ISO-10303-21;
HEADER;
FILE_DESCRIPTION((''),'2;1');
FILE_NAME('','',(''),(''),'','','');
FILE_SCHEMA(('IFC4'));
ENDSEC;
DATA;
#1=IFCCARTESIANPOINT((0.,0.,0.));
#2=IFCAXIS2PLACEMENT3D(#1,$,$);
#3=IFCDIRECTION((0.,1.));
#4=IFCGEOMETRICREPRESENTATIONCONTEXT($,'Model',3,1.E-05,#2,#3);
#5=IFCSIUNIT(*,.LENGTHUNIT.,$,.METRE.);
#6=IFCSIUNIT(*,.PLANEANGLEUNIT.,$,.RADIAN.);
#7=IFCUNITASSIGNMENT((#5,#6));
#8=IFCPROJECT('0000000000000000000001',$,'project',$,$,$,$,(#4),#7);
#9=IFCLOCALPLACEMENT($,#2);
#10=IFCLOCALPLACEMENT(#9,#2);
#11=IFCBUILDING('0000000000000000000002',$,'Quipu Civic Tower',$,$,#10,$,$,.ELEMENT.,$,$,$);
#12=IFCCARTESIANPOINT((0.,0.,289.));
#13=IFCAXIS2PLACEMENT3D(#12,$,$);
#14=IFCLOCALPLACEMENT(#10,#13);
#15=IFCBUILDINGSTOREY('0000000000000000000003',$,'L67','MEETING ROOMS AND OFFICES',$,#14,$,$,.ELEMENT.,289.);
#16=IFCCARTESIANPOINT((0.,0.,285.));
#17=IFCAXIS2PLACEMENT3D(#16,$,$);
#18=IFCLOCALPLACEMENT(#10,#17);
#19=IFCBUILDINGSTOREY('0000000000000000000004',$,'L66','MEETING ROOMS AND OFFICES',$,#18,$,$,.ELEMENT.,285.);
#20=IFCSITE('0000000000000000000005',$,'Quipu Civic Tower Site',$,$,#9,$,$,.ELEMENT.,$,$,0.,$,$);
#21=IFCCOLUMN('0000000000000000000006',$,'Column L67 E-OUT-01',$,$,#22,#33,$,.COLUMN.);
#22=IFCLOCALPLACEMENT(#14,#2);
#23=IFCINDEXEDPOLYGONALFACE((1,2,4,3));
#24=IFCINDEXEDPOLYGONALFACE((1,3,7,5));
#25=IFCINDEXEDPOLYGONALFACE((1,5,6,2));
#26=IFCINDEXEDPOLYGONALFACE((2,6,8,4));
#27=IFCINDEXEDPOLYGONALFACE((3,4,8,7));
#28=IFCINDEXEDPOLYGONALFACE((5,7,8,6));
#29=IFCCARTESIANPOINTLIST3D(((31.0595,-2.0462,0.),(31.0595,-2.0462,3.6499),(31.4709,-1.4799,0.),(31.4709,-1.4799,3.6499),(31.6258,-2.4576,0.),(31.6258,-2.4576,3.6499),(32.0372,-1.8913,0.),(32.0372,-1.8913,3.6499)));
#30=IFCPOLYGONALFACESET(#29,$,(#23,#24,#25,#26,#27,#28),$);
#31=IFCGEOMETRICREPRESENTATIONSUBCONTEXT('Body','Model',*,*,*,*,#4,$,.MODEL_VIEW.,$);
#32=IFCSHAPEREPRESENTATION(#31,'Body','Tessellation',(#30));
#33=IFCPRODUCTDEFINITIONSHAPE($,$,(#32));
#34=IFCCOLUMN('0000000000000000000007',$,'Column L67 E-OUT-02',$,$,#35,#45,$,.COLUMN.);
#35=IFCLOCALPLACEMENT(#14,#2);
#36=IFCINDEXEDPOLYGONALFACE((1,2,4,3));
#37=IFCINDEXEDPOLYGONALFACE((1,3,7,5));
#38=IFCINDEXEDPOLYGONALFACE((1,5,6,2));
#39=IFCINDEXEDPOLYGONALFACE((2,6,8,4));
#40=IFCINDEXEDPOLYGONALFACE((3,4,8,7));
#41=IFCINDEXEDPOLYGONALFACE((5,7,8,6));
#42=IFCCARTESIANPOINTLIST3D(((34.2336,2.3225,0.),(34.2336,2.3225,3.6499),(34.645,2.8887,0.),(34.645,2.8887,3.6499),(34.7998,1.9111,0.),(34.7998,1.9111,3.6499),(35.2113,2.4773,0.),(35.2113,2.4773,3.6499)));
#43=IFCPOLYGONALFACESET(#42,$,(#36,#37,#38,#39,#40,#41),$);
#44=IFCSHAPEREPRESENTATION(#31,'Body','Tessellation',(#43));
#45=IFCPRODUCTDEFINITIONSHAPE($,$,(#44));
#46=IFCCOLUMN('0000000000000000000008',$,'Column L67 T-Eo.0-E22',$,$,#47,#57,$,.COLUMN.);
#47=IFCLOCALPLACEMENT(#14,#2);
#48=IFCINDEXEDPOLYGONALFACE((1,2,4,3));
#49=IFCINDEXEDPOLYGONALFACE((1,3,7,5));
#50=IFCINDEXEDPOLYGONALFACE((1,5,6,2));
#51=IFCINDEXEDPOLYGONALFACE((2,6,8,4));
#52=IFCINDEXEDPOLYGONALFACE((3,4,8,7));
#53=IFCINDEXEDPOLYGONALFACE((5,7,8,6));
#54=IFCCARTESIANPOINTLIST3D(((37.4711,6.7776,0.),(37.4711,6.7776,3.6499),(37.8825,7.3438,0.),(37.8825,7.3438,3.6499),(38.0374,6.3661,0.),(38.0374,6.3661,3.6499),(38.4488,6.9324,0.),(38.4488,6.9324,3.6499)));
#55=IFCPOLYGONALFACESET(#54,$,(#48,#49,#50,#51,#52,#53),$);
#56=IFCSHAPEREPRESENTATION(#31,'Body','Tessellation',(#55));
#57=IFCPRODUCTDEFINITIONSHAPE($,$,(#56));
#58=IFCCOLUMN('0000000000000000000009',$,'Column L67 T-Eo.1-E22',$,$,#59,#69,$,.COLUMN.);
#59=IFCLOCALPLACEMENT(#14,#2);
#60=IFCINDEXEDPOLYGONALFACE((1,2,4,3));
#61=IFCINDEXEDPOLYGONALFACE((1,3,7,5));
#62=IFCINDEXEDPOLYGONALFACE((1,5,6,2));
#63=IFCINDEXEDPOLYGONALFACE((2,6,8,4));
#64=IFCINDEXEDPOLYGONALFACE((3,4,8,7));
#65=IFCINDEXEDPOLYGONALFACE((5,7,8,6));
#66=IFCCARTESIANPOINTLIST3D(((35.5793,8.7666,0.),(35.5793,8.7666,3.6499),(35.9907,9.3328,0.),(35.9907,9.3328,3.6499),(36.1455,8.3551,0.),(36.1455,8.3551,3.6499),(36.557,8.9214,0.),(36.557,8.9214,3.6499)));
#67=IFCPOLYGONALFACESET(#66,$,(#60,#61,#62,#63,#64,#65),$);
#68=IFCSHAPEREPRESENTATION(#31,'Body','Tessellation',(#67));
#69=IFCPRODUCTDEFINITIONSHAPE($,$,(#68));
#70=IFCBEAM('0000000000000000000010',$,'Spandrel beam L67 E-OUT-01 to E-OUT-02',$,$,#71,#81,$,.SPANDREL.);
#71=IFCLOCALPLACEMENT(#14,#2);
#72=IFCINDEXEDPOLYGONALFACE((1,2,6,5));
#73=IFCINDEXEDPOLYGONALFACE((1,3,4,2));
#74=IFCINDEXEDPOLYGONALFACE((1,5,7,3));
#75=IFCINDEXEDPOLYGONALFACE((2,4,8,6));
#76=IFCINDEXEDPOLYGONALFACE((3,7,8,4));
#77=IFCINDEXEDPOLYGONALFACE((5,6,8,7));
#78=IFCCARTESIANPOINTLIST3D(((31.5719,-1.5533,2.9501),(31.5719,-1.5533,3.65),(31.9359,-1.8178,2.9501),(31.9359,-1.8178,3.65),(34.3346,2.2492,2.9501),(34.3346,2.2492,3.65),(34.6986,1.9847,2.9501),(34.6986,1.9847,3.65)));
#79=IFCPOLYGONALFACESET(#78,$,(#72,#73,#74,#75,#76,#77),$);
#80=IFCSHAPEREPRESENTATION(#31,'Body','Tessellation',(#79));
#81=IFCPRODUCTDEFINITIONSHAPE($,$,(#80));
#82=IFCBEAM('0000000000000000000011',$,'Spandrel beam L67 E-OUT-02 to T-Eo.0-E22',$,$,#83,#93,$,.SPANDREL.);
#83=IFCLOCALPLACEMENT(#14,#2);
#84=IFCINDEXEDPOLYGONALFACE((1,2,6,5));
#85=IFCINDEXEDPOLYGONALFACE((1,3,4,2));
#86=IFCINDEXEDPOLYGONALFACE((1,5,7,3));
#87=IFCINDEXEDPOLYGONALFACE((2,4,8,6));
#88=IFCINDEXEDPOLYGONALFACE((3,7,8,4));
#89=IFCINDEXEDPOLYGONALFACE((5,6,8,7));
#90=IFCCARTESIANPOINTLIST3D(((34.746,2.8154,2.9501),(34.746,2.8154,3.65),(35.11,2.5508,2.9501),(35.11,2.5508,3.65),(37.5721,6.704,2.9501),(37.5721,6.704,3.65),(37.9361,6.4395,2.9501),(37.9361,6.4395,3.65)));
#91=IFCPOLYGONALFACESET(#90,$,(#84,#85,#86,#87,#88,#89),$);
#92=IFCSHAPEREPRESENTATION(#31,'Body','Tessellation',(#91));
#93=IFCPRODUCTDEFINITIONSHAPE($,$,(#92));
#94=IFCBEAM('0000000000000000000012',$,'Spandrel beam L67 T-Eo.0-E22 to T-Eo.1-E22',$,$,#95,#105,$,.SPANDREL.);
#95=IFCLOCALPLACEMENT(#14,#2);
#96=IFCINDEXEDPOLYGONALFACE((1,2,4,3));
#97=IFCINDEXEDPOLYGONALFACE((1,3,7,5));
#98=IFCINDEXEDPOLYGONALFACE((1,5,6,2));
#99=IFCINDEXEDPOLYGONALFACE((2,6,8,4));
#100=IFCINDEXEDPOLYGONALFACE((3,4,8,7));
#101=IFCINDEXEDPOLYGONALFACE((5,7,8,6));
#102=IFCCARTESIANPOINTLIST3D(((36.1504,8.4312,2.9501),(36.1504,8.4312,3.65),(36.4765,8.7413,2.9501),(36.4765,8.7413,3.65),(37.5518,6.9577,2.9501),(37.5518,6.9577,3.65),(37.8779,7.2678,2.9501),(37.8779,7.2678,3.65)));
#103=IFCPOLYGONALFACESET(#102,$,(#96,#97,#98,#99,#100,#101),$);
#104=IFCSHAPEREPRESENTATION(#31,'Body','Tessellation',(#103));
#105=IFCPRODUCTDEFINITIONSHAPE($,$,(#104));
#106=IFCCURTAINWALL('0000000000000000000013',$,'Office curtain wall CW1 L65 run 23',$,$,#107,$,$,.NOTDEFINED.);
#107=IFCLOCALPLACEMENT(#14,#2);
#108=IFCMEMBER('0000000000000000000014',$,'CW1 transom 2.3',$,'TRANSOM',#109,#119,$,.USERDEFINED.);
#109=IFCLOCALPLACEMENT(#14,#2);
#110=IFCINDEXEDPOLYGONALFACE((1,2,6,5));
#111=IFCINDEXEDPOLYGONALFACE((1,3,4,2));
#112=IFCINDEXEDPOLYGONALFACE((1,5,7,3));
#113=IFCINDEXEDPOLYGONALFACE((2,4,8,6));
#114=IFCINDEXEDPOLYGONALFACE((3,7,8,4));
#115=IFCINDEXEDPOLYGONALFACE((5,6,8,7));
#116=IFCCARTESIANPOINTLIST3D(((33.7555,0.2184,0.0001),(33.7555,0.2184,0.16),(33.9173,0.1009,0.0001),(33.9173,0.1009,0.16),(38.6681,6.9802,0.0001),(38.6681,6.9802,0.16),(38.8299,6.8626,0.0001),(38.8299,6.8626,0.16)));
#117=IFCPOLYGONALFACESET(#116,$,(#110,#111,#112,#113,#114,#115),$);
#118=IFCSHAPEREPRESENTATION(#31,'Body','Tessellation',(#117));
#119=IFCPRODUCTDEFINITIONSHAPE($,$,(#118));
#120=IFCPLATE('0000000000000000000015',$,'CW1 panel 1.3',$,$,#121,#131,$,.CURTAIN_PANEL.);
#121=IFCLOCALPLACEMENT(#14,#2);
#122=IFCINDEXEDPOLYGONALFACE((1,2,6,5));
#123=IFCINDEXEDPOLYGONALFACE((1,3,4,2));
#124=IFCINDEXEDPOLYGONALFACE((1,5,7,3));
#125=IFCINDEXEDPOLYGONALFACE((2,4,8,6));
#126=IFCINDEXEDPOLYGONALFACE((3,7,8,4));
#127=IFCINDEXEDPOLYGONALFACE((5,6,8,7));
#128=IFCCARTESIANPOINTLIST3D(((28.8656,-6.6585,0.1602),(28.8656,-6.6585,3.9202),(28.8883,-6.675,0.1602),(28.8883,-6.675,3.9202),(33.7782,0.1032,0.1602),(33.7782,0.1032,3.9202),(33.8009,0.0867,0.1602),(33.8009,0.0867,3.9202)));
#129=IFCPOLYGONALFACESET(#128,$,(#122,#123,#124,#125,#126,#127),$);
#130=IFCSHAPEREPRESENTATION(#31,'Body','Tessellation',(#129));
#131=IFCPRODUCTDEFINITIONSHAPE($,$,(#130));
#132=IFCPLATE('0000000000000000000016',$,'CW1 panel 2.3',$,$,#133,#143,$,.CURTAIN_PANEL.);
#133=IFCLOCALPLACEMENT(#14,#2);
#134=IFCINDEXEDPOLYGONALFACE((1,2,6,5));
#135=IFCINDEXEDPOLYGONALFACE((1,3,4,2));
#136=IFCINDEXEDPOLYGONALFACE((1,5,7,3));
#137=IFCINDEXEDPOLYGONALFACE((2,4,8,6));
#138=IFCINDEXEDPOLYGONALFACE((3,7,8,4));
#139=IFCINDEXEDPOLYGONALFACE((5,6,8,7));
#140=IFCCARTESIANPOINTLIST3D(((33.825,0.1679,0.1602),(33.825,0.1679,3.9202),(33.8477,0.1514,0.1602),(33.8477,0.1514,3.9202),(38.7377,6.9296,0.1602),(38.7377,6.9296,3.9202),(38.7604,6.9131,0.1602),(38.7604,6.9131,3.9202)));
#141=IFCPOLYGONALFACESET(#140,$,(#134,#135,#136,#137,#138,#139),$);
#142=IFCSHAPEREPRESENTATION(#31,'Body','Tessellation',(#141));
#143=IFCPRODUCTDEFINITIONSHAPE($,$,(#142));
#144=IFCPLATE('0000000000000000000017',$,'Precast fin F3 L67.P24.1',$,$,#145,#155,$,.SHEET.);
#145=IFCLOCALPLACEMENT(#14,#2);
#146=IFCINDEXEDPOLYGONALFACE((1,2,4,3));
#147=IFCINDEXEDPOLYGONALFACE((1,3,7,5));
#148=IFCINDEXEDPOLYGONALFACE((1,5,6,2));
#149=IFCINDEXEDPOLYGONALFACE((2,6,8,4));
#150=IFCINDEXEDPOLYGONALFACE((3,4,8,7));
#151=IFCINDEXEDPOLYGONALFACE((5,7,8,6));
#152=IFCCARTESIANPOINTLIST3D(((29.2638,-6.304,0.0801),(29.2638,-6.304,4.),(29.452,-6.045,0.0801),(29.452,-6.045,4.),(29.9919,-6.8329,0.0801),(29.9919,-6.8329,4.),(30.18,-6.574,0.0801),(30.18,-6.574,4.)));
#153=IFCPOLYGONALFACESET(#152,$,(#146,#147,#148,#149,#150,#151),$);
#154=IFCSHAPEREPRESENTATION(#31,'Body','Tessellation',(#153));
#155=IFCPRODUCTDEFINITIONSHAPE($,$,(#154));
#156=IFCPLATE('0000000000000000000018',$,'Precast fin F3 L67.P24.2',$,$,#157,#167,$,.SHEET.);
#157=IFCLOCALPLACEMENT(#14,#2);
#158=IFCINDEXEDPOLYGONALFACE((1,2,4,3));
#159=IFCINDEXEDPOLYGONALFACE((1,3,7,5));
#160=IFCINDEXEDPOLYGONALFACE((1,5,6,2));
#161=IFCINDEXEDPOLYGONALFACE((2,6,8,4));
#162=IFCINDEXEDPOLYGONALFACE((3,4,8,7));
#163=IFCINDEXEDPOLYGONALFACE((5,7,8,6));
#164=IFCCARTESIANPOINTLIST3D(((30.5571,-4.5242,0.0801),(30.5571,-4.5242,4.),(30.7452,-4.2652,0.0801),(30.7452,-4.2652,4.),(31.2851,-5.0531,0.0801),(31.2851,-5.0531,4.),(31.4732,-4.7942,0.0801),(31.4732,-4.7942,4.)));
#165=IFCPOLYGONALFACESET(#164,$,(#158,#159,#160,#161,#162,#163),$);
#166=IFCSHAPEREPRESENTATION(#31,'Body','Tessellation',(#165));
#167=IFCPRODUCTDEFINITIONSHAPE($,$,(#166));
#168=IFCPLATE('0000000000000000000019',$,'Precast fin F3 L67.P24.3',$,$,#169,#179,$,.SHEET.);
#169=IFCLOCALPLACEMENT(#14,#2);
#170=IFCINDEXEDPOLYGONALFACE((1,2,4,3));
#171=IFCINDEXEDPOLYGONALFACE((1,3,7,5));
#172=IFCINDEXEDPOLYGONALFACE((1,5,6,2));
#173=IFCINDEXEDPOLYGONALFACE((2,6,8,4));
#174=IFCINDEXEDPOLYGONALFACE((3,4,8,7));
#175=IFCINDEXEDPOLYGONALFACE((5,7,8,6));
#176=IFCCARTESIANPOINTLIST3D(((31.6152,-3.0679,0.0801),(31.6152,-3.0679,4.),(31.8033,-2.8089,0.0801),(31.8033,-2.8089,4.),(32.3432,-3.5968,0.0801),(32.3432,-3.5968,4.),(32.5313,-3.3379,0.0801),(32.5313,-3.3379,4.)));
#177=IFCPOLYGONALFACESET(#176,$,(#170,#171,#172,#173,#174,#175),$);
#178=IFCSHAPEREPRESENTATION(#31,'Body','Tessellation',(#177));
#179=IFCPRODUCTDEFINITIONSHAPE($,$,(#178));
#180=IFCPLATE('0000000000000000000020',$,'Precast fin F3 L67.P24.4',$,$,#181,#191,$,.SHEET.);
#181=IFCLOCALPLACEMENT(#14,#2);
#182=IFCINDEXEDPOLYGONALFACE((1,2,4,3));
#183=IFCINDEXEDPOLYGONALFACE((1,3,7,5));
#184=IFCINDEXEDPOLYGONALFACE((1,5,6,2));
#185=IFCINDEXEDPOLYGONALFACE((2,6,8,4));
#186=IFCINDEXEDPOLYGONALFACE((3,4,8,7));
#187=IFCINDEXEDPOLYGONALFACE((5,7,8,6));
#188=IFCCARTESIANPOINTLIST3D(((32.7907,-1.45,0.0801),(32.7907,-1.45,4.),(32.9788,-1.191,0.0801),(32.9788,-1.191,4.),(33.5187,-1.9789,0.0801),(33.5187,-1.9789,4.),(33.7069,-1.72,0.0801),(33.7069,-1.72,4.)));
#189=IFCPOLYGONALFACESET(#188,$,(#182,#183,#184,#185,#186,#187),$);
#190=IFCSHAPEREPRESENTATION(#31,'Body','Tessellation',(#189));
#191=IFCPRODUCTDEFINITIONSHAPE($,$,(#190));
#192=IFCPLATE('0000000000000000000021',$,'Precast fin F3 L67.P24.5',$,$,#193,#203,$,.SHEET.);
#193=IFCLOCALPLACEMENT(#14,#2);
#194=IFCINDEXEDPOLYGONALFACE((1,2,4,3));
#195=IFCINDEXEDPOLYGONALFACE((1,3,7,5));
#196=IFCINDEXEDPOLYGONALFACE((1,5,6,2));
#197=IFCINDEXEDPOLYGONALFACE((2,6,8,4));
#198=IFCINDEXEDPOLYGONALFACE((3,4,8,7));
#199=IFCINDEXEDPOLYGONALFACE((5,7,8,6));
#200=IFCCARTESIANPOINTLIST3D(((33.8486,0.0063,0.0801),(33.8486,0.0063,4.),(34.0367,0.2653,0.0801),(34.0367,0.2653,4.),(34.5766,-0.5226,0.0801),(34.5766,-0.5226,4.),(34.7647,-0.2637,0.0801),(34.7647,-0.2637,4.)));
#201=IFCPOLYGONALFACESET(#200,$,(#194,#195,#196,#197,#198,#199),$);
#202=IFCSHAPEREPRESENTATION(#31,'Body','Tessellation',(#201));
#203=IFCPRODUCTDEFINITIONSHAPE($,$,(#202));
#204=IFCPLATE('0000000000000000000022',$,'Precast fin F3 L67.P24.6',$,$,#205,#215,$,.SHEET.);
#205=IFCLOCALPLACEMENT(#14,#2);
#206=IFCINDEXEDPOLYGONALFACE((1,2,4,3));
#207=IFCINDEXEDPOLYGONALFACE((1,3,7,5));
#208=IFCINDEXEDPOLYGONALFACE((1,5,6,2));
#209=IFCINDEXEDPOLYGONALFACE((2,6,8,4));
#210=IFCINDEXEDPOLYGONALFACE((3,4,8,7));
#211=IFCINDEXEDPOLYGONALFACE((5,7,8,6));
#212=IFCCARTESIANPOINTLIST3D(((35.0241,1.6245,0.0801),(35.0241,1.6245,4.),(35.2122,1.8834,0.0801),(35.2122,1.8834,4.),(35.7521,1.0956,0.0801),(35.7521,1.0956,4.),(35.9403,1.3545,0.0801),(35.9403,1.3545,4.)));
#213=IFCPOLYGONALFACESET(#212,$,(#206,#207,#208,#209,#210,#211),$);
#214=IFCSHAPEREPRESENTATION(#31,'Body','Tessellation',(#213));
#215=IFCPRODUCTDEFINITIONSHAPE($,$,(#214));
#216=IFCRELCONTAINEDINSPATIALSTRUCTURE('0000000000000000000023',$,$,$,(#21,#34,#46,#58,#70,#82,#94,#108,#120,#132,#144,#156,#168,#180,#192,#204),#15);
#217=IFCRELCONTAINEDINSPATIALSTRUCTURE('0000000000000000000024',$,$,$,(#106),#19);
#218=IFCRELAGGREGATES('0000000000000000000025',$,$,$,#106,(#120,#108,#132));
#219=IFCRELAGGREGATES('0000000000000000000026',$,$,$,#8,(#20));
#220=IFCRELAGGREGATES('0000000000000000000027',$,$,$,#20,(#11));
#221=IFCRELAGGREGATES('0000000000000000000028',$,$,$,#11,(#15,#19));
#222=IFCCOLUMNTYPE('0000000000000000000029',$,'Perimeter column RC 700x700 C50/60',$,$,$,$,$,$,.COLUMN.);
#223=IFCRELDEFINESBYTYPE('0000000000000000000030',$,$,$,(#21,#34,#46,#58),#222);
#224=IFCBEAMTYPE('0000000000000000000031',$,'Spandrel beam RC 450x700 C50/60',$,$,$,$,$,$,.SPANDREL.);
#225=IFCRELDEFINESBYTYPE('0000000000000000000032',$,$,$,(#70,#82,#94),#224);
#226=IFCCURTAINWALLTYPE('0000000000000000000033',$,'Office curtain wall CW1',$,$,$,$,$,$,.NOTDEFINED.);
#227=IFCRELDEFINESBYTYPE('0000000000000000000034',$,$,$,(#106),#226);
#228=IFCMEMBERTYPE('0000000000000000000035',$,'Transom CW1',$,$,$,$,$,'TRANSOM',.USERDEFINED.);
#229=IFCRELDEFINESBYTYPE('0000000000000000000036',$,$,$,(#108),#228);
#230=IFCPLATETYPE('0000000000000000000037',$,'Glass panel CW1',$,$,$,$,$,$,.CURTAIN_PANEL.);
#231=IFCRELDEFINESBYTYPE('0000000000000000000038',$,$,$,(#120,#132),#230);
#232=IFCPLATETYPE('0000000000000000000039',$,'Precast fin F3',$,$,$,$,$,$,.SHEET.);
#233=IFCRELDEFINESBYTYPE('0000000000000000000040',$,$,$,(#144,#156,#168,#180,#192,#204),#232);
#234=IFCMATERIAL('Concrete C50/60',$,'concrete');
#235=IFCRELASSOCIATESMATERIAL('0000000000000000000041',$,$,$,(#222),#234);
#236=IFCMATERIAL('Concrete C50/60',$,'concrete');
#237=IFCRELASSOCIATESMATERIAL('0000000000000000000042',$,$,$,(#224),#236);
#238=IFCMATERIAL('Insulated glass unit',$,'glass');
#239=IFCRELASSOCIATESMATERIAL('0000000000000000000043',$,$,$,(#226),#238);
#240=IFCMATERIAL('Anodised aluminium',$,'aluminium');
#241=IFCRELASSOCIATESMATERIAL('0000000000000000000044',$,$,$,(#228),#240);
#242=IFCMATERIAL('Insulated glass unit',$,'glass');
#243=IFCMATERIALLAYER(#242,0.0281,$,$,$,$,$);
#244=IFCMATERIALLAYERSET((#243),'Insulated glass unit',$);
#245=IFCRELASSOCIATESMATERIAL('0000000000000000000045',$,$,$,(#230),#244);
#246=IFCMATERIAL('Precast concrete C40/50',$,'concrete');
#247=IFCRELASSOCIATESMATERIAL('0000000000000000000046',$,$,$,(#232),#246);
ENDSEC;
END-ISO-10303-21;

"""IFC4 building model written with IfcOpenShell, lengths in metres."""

from ifc_helpers import new_model, si_unit, direction, frame, origin, origin_2d, place, context, subcontext, project, spatial, rectangle, extrude, material, layer, layer_set, material_profile, profile_set, type_object, element, aggregate, save


model = new_model("IFC4")

# Units and contexts
model_context = context("Model", 3, precision=1e-05, world=origin(), true_north=direction((0.0, 1.0)))
body_context = subcontext(model_context, "Body", "Model", "MODEL_VIEW")
ifc_project = project(units=[si_unit("LENGTHUNIT", "METRE"), si_unit("PLANEANGLEUNIT", "RADIAN")], contexts=[model_context])

# Site, building, storey
site_placement = place(None, origin())
site = spatial("IfcSite", under=ifc_project, at=site_placement, Name="Quipu Civic Tower Site", CompositionType="ELEMENT", RefElevation=0.0)
building_placement = place(site_placement, origin())
building = spatial("IfcBuilding", under=site, at=building_placement, Name="Quipu Civic Tower", CompositionType="ELEMENT")
storey_1_placement = place(building_placement, frame((0.0, 0.0, 289.0)))
storey_1 = spatial("IfcBuildingStorey", under=building, at=storey_1_placement, Name="L67", Description="MEETING ROOMS AND OFFICES", CompositionType="ELEMENT", Elevation=289.0)

# Columns
ifc_material_1 = material(Name="Concrete C50/60", Category="concrete")
ifc_material_profile_1 = material_profile(ifc_material_1, rectangle(XDim=0.7, YDim=0.7, at=origin_2d()), Name="RC700x700")
ifc_profile_set_1 = profile_set([ifc_material_profile_1], Name="Concrete C50/60")
column_type = type_object("IfcColumnType", Name="Perimeter column RC 700x700 C50/60", PredefinedType="COLUMN", material=ifc_profile_set_1)
for number, where, z_axis, x_axis, name in (
    (1, (31.5483, -1.9688, 0.0), (0.0, 0.0, 1.0), (0.587785, 0.809017, 0.0), "Column L67 E-OUT-01"),
    (2, (34.7224, 2.3999, 0.0), (0.0, 0.0, 1.0), (0.587785, 0.809017, 0.0), "Column L67 E-OUT-02"),
    (3, (37.96, 6.855, 0.0), (0.0, 0.0, 1.0), (0.587785, 0.809017, 0.0), "Column L67 T-Eo.0-E22"),
    (4, (36.0681, 8.844, 0.0), (0.0, 0.0, 1.0), (0.587785, 0.809017, 0.0), "Column L67 T-Eo.1-E22"),
):
    element("IfcColumn", number, at=place(storey_1_placement, frame(where, z_axis=z_axis, x_axis=x_axis)), inside=storey_1, type_object=column_type, Name=name, PredefinedType="COLUMN", context=body_context, shape_type="SweptSolid", body=[
        extrude(rectangle(XDim=0.7, YDim=0.7, at=origin_2d()), origin(), (0.0, 0.0, 1.0), 3.6499),
    ])

# Beams
ifc_material_2 = material(Name="Concrete C50/60", Category="concrete")
ifc_material_profile_2 = material_profile(ifc_material_2, rectangle(XDim=0.45, YDim=0.7, at=origin_2d()), Name="RC450x700")
ifc_profile_set_2 = profile_set([ifc_material_profile_2], Name="Concrete C50/60")
beam_type = type_object("IfcBeamType", Name="Spandrel beam RC 450x700 C50/60", PredefinedType="SPANDREL", material=ifc_profile_set_2)
beam_1_placement = place(storey_1_placement, frame((31.7539, -1.6855, 3.3), z_axis=(0.587789, 0.809015, 0.0), x_axis=(-0.809015, 0.587789, 0.0)))
element("IfcBeam", 5, at=beam_1_placement, inside=storey_1, type_object=beam_type, Name="Spandrel beam L67 E-OUT-01 to E-OUT-02", PredefinedType="SPANDREL", context=body_context, shape_type="SweptSolid", body=[
    extrude(rectangle(XDim=0.45, YDim=0.7, at=origin_2d()), origin(), (0.0, 0.0, 1.0), 4.7002),
])
beam_2_placement = place(storey_1_placement, frame((34.928, 2.6831, 3.3), z_axis=(0.587906, 0.808929, 0.0), x_axis=(-0.808929, 0.587906, 0.0)))
element("IfcBeam", 6, at=beam_2_placement, inside=storey_1, type_object=beam_type, Name="Spandrel beam L67 E-OUT-02 to T-Eo.0-E22", PredefinedType="SPANDREL", context=body_context, shape_type="SweptSolid", body=[
    extrude(rectangle(XDim=0.45, YDim=0.7, at=origin_2d()), origin(), (0.0, 0.0, 1.0), 4.8071),
])
beam_3_placement = place(storey_1_placement, frame((37.7148, 7.1128, 3.3), z_axis=(-0.689175, 0.724595, 0.0), x_axis=(-0.724595, -0.689175, 0.0)))
element("IfcBeam", 7, at=beam_3_placement, inside=storey_1, type_object=beam_type, Name="Spandrel beam L67 T-Eo.0-E22 to T-Eo.1-E22", PredefinedType="SPANDREL", context=body_context, shape_type="SweptSolid", body=[
    extrude(rectangle(XDim=0.45, YDim=0.7, at=origin_2d()), origin(), (0.0, 0.0, 1.0), 2.0334),
])

# Shared definitions
storey_2_placement = place(building_placement, frame((0.0, 0.0, 285.0)))
storey_2 = spatial("IfcBuildingStorey", under=building, at=storey_2_placement, Name="L66", Description="MEETING ROOMS AND OFFICES", CompositionType="ELEMENT", Elevation=285.0)

# Curtain wall, member, plates
ifc_material_3 = material(Name="Insulated glass unit", Category="glass")
curtain_wall_type = type_object("IfcCurtainWallType", Name="Office curtain wall CW1", PredefinedType="NOTDEFINED", material=ifc_material_3)
curtain_wall_placement = place(storey_2_placement, origin())
curtain_wall = element("IfcCurtainWall", 8, at=curtain_wall_placement, inside=storey_2, type_object=curtain_wall_type, Name="Office curtain wall CW1 L65 run 23", PredefinedType="NOTDEFINED")
ifc_material_4 = material(Name="Anodised aluminium", Category="aluminium")
ifc_material_profile_3 = material_profile(ifc_material_4, rectangle(XDim=0.2, YDim=0.1599, at=origin_2d()), Name="RECT 200x160")
ifc_profile_set_3 = profile_set([ifc_material_profile_3], Name="Anodised aluminium")
member_type = type_object("IfcMemberType", Name="Transom CW1", ElementType="TRANSOM", PredefinedType="USERDEFINED", material=ifc_profile_set_3)
member_placement = place(storey_1_placement, frame((33.8364, 0.1597, 0.0801), z_axis=(0.587779, 0.809021, 0.0), x_axis=(-0.809021, 0.587779, 0.0)))
member = element("IfcMember", 9, at=member_placement, inside=storey_1, type_object=member_type, Name="CW1 transom 2.3", ObjectType="TRANSOM", PredefinedType="USERDEFINED", context=body_context, shape_type="SweptSolid", body=[
    extrude(rectangle(XDim=0.2, YDim=0.1599, at=origin_2d()), origin(), (0.0, 0.0, 1.0), 8.3579),
])
ifc_material_5 = material(Name="Insulated glass unit", Category="glass")
ifc_layer = layer(ifc_material_5, 0.0281)
ifc_layer_set = layer_set([ifc_layer], Name="Insulated glass unit")
plate_type_1 = type_object("IfcPlateType", Name="Glass panel CW1", PredefinedType="CURTAIN_PANEL", material=ifc_layer_set)
plate_1_placement = place(storey_1_placement, frame((31.3333, -3.2859, 0.1602), z_axis=(0.0, 0.0, 1.0), x_axis=(0.587786, 0.809016, 0.0)))
plate_1 = element("IfcPlate", 10, at=plate_1_placement, inside=storey_1, type_object=plate_type_1, Name="CW1 panel 1.3", PredefinedType="CURTAIN_PANEL", context=body_context, shape_type="SweptSolid", body=[
    extrude(rectangle(XDim=8.3579, YDim=0.0281, at=origin_2d()), origin(), (0.0, 0.0, 1.0), 3.76),
])
plate_2_placement = place(storey_1_placement, frame((36.2927, 3.5405, 0.1602), z_axis=(0.0, 0.0, 1.0), x_axis=(0.587786, 0.809016, 0.0)))
plate_2 = element("IfcPlate", 11, at=plate_2_placement, inside=storey_1, type_object=plate_type_1, Name="CW1 panel 2.3", PredefinedType="CURTAIN_PANEL", context=body_context, shape_type="SweptSolid", body=[
    extrude(rectangle(XDim=8.3579, YDim=0.0281, at=origin_2d()), origin(), (0.0, 0.0, 1.0), 3.76),
])
aggregate(curtain_wall, [plate_1, member, plate_2])

# Plates
ifc_material_6 = material(Name="Precast concrete C40/50", Category="concrete")
plate_type_2 = type_object("IfcPlateType", Name="Precast fin F3", PredefinedType="SHEET", material=ifc_material_6)
for number, where, z_axis, x_axis, name in (
    (12, (29.7219, -6.439, 0.0801), (0.0, 0.0, 1.0), (0.587787, 0.809016, 0.0), "Precast fin F3 L67.P24.1"),
    (13, (31.0151, -4.6592, 0.0801), (0.0, 0.0, 1.0), (0.587787, 0.809016, 0.0), "Precast fin F3 L67.P24.2"),
    (14, (32.0732, -3.2029, 0.0801), (0.0, 0.0, 1.0), (0.587787, 0.809016, 0.0), "Precast fin F3 L67.P24.3"),
    (15, (33.2488, -1.585, 0.0801), (0.0, 0.0, 1.0), (0.587787, 0.809016, 0.0), "Precast fin F3 L67.P24.4"),
    (16, (34.3066, -0.1287, 0.0801), (0.0, 0.0, 1.0), (0.587787, 0.809016, 0.0), "Precast fin F3 L67.P24.5"),
    (17, (35.4822, 1.4895, 0.0801), (0.0, 0.0, 1.0), (0.587787, 0.809016, 0.0), "Precast fin F3 L67.P24.6"),
):
    element("IfcPlate", number, at=place(storey_1_placement, frame(where, z_axis=z_axis, x_axis=x_axis)), inside=storey_1, type_object=plate_type_2, Name=name, PredefinedType="SHEET", context=body_context, shape_type="SweptSolid", body=[
        extrude(rectangle(XDim=0.3201, YDim=0.8999, at=origin_2d()), origin(), (0.0, 0.0, 1.0), 3.9199),
    ])

save(model, "model.ifc")
